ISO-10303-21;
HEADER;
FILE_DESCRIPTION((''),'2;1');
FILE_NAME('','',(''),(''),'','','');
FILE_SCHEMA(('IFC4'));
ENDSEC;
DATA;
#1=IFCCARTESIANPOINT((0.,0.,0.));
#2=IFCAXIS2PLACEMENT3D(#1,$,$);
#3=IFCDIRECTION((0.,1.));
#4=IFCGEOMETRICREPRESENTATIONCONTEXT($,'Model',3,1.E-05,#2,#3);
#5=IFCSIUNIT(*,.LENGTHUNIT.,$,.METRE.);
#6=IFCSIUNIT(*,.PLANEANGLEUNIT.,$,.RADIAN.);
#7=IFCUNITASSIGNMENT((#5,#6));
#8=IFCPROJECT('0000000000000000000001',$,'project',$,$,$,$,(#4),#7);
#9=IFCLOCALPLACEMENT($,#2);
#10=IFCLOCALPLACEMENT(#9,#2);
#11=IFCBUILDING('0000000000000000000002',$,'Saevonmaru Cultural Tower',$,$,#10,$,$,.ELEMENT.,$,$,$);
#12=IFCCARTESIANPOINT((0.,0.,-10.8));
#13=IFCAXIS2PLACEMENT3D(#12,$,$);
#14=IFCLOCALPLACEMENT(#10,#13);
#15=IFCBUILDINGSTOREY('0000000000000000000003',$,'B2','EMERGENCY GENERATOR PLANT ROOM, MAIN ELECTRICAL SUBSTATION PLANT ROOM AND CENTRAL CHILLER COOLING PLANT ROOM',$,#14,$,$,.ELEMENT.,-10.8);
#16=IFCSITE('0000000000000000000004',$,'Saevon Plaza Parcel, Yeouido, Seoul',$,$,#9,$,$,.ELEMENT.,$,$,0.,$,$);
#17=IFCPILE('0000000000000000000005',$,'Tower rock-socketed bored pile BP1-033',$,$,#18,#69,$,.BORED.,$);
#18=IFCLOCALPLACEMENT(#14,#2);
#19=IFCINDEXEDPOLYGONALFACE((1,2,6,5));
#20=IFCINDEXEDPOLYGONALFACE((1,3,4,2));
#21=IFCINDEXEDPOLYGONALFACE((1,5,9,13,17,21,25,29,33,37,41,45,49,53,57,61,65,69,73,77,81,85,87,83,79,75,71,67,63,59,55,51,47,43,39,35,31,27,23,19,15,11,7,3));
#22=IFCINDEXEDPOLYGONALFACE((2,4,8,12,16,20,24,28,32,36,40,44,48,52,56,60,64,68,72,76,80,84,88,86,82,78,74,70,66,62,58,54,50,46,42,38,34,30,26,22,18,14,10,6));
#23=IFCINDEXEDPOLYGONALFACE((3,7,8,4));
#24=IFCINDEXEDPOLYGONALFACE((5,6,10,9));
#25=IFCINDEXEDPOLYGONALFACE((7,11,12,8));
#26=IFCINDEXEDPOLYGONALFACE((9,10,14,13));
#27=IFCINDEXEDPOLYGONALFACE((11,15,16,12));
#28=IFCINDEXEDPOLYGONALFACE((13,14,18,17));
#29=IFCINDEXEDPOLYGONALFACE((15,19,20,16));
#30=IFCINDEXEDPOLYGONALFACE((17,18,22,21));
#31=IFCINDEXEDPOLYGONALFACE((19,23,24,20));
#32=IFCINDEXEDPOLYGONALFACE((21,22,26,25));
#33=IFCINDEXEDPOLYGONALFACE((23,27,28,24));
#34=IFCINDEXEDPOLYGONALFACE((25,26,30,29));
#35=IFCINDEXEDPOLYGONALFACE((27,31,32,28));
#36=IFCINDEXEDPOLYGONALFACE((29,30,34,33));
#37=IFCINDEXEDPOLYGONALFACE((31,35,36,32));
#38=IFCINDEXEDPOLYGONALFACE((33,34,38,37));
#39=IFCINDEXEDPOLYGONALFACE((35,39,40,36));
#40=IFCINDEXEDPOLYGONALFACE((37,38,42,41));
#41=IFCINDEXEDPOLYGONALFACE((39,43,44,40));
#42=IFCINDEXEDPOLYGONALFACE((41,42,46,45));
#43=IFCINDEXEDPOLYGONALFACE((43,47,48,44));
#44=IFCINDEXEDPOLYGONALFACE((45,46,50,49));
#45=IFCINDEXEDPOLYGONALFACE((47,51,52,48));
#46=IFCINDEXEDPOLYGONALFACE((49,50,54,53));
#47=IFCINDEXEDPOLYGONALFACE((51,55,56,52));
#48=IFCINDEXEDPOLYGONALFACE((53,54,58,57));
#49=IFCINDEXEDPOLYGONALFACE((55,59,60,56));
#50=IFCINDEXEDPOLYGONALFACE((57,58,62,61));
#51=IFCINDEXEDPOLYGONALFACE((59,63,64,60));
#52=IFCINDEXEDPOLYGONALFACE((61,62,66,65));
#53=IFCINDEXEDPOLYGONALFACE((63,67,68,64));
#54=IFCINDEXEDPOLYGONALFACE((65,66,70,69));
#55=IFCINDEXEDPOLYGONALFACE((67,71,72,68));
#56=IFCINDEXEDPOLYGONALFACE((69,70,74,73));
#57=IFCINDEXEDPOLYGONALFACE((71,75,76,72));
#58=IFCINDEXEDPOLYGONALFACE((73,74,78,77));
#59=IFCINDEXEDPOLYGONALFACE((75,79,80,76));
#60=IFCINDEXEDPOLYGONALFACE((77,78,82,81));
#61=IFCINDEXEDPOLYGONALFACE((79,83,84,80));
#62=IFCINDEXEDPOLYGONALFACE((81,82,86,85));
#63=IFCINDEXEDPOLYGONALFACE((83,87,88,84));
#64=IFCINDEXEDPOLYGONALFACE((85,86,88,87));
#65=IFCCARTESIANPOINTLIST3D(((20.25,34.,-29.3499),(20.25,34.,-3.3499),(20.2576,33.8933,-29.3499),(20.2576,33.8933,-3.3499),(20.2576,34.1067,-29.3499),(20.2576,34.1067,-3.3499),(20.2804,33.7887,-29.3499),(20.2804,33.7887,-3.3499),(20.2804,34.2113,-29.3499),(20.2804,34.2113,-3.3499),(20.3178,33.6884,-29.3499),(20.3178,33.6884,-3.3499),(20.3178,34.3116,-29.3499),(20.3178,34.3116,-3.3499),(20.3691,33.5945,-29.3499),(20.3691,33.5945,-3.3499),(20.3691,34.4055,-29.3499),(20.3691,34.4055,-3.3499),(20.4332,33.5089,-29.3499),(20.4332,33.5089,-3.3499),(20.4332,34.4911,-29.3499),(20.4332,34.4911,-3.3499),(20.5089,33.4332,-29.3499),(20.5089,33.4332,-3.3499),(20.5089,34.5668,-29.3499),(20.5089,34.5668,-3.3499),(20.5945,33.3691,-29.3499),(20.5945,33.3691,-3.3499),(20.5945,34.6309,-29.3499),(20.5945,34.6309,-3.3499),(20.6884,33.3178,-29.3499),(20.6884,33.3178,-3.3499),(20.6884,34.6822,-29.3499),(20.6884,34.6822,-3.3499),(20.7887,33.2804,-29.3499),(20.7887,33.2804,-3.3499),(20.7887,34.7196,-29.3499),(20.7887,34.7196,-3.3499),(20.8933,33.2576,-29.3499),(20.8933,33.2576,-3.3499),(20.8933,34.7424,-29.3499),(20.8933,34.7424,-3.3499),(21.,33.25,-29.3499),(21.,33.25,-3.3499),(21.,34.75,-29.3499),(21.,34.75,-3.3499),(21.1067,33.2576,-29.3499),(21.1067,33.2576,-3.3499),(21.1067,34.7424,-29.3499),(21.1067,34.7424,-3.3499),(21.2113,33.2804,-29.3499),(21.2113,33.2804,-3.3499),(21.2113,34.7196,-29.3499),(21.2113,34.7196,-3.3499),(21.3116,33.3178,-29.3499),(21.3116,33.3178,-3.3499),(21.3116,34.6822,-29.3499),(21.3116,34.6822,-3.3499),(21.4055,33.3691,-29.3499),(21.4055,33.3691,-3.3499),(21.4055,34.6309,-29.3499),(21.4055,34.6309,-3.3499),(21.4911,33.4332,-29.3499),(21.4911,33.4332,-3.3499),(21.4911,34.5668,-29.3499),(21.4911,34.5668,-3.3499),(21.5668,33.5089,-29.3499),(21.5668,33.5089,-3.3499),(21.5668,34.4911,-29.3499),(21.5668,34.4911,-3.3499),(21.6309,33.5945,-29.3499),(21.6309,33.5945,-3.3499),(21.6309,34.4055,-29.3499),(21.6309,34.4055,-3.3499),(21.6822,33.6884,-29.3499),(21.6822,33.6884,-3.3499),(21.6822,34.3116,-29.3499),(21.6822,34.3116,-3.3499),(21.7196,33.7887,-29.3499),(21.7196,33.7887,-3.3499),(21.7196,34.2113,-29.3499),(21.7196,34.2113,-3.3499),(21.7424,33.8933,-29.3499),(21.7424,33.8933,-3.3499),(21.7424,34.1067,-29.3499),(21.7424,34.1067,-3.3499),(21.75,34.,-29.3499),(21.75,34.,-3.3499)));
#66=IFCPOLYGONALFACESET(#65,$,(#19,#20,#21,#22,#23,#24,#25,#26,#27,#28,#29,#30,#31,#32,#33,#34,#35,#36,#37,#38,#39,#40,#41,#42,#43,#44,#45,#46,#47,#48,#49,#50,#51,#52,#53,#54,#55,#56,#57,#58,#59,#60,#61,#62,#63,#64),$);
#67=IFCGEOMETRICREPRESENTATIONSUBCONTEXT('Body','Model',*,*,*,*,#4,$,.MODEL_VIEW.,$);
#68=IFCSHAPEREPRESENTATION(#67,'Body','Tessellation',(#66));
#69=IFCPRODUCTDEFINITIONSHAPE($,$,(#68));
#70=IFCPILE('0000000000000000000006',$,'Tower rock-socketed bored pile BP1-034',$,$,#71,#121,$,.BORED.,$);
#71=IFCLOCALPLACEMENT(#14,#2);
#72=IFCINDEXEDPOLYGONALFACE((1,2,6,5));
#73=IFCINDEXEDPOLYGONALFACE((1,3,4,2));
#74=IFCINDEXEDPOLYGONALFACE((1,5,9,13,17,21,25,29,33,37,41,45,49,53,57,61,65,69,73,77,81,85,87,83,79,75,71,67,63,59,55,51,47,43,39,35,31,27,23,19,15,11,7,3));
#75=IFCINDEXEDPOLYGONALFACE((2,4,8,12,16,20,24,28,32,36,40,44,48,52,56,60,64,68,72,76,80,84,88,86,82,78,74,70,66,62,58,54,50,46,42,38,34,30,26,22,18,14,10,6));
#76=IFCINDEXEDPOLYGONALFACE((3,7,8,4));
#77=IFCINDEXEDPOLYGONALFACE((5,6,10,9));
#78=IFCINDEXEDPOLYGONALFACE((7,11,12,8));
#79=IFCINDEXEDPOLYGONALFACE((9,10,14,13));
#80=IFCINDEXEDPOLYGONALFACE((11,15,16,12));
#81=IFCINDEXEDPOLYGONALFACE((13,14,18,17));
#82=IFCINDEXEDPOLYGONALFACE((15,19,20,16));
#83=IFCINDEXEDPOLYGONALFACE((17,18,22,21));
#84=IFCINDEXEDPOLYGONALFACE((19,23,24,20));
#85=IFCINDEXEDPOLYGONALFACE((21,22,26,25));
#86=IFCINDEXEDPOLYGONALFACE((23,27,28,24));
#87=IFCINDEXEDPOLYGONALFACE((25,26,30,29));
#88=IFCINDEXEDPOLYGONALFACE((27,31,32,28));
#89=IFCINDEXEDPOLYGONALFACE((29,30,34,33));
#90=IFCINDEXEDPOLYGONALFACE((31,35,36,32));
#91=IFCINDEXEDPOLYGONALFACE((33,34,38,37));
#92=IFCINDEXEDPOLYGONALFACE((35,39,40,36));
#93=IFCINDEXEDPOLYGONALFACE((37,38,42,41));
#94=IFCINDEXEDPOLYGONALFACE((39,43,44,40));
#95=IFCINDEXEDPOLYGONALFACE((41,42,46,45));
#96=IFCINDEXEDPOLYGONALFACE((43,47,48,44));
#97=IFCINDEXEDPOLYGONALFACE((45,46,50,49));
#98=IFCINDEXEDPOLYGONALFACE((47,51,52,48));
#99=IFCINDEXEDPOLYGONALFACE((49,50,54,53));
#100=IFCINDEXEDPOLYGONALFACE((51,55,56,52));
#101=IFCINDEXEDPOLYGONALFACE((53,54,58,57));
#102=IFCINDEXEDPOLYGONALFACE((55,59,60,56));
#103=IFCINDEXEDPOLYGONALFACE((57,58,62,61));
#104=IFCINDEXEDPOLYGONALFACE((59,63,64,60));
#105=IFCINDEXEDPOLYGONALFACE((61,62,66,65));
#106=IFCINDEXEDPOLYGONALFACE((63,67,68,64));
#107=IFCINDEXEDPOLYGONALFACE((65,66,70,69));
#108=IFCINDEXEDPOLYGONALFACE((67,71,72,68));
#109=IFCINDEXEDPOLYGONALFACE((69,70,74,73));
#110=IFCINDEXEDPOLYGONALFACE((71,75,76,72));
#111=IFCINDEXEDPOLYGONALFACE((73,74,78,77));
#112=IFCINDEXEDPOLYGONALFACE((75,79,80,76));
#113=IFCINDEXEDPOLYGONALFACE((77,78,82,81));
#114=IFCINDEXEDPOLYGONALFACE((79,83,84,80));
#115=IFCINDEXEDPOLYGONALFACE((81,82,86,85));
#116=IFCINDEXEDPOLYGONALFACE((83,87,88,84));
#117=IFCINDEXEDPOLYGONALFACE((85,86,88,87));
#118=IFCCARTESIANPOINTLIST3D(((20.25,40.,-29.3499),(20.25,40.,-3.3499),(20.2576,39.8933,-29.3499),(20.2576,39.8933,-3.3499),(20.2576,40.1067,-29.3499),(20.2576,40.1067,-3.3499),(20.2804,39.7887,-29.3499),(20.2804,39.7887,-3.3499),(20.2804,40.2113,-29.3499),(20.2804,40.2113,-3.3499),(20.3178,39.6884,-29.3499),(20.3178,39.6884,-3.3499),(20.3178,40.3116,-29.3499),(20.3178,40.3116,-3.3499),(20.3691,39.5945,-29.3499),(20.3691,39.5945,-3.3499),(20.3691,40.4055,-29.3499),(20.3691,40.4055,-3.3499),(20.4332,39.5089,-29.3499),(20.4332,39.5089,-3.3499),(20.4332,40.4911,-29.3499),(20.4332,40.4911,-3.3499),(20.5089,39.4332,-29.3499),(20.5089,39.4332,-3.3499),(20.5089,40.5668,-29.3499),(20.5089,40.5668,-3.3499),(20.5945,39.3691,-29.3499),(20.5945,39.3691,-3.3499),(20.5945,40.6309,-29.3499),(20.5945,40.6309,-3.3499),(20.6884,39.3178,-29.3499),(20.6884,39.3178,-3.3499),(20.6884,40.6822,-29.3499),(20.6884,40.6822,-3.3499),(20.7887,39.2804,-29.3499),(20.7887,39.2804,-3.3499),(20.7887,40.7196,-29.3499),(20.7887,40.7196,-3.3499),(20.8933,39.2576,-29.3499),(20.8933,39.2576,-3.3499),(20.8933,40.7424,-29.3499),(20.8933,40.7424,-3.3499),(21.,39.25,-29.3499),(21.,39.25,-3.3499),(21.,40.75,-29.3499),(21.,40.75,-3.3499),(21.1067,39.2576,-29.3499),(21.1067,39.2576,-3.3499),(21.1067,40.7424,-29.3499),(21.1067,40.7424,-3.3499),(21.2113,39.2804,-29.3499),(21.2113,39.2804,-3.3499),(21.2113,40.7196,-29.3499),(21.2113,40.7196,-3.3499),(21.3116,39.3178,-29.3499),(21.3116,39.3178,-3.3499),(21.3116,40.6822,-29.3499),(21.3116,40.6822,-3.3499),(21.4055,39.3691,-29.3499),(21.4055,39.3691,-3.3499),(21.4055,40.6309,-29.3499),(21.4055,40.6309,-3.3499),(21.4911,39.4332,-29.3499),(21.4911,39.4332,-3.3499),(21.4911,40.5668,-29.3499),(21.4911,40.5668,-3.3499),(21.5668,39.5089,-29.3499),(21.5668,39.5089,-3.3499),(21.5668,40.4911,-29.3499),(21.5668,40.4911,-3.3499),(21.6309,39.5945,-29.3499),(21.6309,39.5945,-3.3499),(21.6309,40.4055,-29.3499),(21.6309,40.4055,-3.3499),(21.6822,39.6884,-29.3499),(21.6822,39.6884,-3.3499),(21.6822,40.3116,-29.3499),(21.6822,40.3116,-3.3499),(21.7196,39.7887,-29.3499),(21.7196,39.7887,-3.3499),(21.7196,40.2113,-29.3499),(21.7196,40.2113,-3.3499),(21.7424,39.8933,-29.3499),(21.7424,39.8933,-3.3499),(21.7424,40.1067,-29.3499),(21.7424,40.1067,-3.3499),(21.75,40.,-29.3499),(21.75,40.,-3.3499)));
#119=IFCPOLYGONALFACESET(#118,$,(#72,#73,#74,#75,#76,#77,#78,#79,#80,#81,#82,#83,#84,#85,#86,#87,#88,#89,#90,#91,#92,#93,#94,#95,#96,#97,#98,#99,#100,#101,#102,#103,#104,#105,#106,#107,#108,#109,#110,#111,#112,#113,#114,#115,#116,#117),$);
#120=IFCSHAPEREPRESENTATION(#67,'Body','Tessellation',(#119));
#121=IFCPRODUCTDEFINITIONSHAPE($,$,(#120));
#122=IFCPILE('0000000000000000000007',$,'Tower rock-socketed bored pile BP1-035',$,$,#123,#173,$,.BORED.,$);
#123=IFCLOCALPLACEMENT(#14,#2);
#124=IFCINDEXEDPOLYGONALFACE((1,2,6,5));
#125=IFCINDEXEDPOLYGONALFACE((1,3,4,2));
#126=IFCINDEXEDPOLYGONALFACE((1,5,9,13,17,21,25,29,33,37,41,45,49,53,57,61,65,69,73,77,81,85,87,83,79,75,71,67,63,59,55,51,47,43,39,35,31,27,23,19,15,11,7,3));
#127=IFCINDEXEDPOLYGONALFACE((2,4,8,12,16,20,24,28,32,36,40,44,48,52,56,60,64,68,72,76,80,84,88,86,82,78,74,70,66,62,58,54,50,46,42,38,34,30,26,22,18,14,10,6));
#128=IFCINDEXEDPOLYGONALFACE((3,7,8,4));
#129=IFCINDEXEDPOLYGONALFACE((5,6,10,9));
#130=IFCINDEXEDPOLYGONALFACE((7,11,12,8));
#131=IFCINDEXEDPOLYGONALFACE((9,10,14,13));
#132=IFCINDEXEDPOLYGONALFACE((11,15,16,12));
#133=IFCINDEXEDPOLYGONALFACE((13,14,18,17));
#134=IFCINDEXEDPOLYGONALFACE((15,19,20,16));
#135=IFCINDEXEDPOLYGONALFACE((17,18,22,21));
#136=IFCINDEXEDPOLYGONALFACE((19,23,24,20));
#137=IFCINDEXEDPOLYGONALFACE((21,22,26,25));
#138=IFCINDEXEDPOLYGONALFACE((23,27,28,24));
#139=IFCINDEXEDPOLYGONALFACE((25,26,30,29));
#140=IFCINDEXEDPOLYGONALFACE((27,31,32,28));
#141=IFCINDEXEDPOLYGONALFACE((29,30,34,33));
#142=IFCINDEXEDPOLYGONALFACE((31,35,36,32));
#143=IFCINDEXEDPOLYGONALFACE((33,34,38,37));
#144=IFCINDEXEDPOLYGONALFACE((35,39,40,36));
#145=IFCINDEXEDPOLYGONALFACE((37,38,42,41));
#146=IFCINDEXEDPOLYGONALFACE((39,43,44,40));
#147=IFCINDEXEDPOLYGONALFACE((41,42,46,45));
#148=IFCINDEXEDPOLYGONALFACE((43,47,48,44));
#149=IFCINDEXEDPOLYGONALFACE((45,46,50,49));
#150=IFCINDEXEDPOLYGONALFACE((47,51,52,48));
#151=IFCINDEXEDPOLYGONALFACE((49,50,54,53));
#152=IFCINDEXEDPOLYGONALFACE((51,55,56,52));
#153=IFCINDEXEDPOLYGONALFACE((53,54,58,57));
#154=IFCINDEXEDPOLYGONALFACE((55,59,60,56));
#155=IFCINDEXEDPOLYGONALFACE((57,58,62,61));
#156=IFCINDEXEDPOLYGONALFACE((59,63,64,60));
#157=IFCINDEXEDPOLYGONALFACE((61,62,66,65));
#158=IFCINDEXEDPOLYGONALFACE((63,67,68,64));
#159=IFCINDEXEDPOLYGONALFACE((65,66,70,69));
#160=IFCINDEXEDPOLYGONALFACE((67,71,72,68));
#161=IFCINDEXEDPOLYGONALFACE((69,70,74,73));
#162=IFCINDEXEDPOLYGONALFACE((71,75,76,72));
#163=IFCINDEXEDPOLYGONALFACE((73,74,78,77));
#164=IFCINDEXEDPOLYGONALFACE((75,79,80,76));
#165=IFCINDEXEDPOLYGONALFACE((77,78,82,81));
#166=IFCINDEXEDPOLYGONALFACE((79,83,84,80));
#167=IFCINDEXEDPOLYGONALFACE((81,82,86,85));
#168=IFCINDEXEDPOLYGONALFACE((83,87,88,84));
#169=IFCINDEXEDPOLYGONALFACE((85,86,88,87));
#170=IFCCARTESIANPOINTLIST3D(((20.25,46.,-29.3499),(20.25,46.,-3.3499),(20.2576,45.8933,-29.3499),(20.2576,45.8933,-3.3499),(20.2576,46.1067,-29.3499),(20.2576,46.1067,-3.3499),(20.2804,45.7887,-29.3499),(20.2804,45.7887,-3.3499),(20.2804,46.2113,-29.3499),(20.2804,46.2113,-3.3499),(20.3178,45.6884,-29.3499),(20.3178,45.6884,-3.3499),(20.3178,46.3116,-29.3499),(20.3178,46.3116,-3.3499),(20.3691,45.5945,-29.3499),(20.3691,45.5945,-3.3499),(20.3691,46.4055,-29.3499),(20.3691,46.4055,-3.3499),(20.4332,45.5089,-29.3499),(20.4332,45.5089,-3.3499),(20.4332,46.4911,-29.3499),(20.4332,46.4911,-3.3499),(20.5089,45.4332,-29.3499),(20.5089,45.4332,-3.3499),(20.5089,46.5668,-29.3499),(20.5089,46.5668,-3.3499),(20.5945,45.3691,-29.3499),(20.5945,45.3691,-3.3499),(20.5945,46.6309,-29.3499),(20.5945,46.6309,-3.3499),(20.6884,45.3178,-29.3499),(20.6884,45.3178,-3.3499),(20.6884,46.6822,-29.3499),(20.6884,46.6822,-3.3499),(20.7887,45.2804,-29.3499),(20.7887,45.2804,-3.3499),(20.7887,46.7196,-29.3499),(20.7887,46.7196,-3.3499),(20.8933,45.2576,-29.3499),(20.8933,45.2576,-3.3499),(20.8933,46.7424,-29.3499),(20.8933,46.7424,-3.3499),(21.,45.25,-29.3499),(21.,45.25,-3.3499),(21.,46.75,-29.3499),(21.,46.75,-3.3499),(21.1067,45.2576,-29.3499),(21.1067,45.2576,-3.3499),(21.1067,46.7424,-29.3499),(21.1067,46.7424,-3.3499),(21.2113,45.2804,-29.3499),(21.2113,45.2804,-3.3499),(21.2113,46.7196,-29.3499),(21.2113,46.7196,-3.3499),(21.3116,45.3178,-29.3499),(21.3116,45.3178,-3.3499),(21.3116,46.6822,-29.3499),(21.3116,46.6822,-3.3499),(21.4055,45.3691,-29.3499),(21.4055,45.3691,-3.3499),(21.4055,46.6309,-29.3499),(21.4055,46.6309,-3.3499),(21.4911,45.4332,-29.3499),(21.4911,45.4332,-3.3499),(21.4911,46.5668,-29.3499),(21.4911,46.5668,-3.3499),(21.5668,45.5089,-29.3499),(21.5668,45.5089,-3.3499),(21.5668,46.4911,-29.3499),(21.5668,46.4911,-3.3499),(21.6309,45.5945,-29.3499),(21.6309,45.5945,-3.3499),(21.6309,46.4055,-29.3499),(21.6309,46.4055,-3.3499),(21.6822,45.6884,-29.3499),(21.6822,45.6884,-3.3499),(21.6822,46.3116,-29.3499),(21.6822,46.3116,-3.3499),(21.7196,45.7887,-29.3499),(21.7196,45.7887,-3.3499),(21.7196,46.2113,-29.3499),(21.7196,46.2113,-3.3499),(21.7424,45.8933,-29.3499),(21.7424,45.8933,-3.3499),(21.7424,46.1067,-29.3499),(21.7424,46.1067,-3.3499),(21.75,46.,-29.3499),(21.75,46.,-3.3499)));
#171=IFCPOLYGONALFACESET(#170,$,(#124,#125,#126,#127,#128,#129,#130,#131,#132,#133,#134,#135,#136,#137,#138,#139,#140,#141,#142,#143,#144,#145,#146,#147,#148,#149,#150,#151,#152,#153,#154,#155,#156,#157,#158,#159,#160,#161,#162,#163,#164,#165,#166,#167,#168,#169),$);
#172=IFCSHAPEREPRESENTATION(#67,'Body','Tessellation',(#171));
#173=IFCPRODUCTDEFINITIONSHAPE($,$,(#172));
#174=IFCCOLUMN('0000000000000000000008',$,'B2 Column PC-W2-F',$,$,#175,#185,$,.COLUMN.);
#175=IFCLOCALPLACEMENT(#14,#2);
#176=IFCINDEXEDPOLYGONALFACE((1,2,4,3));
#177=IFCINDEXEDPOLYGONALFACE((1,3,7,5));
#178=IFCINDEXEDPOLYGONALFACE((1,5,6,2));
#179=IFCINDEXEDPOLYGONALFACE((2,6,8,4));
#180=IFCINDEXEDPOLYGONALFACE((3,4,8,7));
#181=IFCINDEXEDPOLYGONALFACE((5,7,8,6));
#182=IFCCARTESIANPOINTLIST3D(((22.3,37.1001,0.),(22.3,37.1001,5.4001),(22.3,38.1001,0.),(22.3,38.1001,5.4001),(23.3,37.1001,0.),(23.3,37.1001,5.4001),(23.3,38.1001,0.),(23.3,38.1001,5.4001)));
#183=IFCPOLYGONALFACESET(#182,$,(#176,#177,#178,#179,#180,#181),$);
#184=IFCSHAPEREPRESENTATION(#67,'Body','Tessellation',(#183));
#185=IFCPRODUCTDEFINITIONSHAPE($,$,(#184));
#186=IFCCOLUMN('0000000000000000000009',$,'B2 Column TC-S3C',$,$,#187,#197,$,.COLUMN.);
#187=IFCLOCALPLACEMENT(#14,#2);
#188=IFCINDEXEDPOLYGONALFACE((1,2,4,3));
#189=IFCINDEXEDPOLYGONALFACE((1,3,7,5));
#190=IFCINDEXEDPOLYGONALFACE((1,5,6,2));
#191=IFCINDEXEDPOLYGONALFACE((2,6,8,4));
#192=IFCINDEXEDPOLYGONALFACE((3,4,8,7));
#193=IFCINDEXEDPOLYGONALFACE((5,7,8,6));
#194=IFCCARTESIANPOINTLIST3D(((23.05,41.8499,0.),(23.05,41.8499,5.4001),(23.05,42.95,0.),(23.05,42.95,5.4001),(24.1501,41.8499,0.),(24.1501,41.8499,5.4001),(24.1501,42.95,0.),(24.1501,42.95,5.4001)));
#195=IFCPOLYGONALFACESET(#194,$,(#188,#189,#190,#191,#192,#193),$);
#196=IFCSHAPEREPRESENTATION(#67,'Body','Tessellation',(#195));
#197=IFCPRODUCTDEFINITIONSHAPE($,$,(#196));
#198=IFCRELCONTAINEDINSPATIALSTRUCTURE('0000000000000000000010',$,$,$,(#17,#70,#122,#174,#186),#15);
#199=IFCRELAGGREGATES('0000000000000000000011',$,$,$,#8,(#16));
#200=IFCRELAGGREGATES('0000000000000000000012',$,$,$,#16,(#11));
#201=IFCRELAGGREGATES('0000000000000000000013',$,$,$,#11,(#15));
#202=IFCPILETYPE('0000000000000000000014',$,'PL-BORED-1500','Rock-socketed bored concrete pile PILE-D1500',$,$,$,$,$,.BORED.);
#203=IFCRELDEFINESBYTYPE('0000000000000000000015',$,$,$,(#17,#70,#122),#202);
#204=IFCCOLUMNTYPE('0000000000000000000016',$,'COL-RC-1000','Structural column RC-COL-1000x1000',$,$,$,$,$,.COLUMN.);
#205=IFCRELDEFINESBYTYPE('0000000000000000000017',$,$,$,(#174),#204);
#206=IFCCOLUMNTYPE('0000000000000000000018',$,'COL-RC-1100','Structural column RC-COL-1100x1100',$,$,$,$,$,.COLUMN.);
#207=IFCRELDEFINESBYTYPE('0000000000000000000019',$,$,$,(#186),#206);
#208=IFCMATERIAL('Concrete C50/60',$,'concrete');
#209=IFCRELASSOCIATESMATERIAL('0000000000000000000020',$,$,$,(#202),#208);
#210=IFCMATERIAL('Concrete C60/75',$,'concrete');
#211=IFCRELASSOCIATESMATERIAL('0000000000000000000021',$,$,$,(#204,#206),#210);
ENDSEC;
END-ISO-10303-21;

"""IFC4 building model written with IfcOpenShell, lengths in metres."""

from ifc_helpers import new_model, si_unit, direction, frame, origin, origin_2d, place, context, subcontext, project, spatial, rectangle, circle, extrude, material, material_profile, profile_set, type_object, element, save


model = new_model("IFC4")

# Units and contexts
model_context = context("Model", 3, precision=1e-05, world=origin(), true_north=direction((0.0, 1.0)))
body_context = subcontext(model_context, "Body", "Model", "MODEL_VIEW")
ifc_project = project(units=[si_unit("LENGTHUNIT", "METRE"), si_unit("PLANEANGLEUNIT", "RADIAN")], contexts=[model_context])

# Site, building, storey
site_placement = place(None, origin())
site = spatial("IfcSite", under=ifc_project, at=site_placement, Name="Saevon Plaza Parcel, Yeouido, Seoul", CompositionType="ELEMENT", RefElevation=0.0)
building_placement = place(site_placement, origin())
building = spatial("IfcBuilding", under=site, at=building_placement, Name="Saevonmaru Cultural Tower", CompositionType="ELEMENT")
storey_placement = place(building_placement, frame((0.0, 0.0, -10.8)))
storey = spatial("IfcBuildingStorey", under=building, at=storey_placement, Name="B2", Description="EMERGENCY GENERATOR PLANT ROOM, MAIN ELECTRICAL SUBSTATION PLANT ROOM AND CENTRAL CHILLER COOLING PLANT ROOM", CompositionType="ELEMENT", Elevation=-10.8)

# Piles
ifc_material_1 = material(Name="Concrete C50/60", Category="concrete")
ifc_material_profile_1 = material_profile(ifc_material_1, circle(Radius=0.75, at=origin_2d()), Name="PILE-D1500")
ifc_profile_set_1 = profile_set([ifc_material_profile_1], Name="Concrete C50/60")
pile_type = type_object("IfcPileType", Name="PL-BORED-1500", Description="Rock-socketed bored concrete pile PILE-D1500", PredefinedType="BORED", material=ifc_profile_set_1)
for number, where, z_axis, x_axis, name in (
    (1, (21.0, 34.0, -3.3499), (0.0, 0.0, -1.0), (1.0, 0.0, 0.0), "Tower rock-socketed bored pile BP1-033"),
    (2, (21.0, 40.0, -3.3499), (0.0, 0.0, -1.0), (1.0, 0.0, 0.0), "Tower rock-socketed bored pile BP1-034"),
    (3, (21.0, 46.0, -3.3499), (0.0, 0.0, -1.0), (1.0, 0.0, 0.0), "Tower rock-socketed bored pile BP1-035"),
):
    element("IfcPile", number, at=place(storey_placement, frame(where, z_axis=z_axis, x_axis=x_axis)), inside=storey, type_object=pile_type, Name=name, PredefinedType="BORED", context=body_context, shape_type="SweptSolid", body=[
        extrude(circle(Radius=0.75, at=origin_2d()), origin(), (0.0, 0.0, 1.0), 26.0),
    ])

# Columns
ifc_material_2 = material(Name="Concrete C60/75", Category="concrete")
ifc_material_profile_2 = material_profile(ifc_material_2, rectangle(XDim=1.0, YDim=1.0, at=origin_2d()), Name="RC-COL-1000x1000")
ifc_profile_set_2 = profile_set([ifc_material_profile_2], Name="Concrete C60/75")
column_type_1 = type_object("IfcColumnType", Name="COL-RC-1000", Description="Structural column RC-COL-1000x1000", PredefinedType="COLUMN", material=ifc_profile_set_2)
column_1_placement = place(storey_placement, frame((22.8, 37.6001, 0.0), z_axis=(0.0, 0.0, 1.0), x_axis=(1.0, 0.0, 0.0)))
element("IfcColumn", 4, at=column_1_placement, inside=storey, type_object=column_type_1, Name="B2 Column PC-W2-F", PredefinedType="COLUMN", context=body_context, shape_type="SweptSolid", body=[
    extrude(rectangle(XDim=1.0, YDim=1.0, at=origin_2d()), origin(), (0.0, 0.0, 1.0), 5.4001),
])
ifc_material_profile_3 = material_profile(ifc_material_2, rectangle(XDim=1.1001, YDim=1.1001, at=origin_2d()), Name="RC-COL-1100x1100")
ifc_profile_set_3 = profile_set([ifc_material_profile_3], Name="Concrete C60/75")
column_type_2 = type_object("IfcColumnType", Name="COL-RC-1100", Description="Structural column RC-COL-1100x1100", PredefinedType="COLUMN", material=ifc_profile_set_3)
column_2_placement = place(storey_placement, frame((23.6001, 42.3999, 0.0), z_axis=(0.0, 0.0, 1.0), x_axis=(1.0, 0.0, 0.0)))
element("IfcColumn", 5, at=column_2_placement, inside=storey, type_object=column_type_2, Name="B2 Column TC-S3C", PredefinedType="COLUMN", context=body_context, shape_type="SweptSolid", body=[
    extrude(rectangle(XDim=1.1001, YDim=1.1001, at=origin_2d()), origin(), (0.0, 0.0, 1.0), 5.4001),
])

save(model, "model.ifc")
